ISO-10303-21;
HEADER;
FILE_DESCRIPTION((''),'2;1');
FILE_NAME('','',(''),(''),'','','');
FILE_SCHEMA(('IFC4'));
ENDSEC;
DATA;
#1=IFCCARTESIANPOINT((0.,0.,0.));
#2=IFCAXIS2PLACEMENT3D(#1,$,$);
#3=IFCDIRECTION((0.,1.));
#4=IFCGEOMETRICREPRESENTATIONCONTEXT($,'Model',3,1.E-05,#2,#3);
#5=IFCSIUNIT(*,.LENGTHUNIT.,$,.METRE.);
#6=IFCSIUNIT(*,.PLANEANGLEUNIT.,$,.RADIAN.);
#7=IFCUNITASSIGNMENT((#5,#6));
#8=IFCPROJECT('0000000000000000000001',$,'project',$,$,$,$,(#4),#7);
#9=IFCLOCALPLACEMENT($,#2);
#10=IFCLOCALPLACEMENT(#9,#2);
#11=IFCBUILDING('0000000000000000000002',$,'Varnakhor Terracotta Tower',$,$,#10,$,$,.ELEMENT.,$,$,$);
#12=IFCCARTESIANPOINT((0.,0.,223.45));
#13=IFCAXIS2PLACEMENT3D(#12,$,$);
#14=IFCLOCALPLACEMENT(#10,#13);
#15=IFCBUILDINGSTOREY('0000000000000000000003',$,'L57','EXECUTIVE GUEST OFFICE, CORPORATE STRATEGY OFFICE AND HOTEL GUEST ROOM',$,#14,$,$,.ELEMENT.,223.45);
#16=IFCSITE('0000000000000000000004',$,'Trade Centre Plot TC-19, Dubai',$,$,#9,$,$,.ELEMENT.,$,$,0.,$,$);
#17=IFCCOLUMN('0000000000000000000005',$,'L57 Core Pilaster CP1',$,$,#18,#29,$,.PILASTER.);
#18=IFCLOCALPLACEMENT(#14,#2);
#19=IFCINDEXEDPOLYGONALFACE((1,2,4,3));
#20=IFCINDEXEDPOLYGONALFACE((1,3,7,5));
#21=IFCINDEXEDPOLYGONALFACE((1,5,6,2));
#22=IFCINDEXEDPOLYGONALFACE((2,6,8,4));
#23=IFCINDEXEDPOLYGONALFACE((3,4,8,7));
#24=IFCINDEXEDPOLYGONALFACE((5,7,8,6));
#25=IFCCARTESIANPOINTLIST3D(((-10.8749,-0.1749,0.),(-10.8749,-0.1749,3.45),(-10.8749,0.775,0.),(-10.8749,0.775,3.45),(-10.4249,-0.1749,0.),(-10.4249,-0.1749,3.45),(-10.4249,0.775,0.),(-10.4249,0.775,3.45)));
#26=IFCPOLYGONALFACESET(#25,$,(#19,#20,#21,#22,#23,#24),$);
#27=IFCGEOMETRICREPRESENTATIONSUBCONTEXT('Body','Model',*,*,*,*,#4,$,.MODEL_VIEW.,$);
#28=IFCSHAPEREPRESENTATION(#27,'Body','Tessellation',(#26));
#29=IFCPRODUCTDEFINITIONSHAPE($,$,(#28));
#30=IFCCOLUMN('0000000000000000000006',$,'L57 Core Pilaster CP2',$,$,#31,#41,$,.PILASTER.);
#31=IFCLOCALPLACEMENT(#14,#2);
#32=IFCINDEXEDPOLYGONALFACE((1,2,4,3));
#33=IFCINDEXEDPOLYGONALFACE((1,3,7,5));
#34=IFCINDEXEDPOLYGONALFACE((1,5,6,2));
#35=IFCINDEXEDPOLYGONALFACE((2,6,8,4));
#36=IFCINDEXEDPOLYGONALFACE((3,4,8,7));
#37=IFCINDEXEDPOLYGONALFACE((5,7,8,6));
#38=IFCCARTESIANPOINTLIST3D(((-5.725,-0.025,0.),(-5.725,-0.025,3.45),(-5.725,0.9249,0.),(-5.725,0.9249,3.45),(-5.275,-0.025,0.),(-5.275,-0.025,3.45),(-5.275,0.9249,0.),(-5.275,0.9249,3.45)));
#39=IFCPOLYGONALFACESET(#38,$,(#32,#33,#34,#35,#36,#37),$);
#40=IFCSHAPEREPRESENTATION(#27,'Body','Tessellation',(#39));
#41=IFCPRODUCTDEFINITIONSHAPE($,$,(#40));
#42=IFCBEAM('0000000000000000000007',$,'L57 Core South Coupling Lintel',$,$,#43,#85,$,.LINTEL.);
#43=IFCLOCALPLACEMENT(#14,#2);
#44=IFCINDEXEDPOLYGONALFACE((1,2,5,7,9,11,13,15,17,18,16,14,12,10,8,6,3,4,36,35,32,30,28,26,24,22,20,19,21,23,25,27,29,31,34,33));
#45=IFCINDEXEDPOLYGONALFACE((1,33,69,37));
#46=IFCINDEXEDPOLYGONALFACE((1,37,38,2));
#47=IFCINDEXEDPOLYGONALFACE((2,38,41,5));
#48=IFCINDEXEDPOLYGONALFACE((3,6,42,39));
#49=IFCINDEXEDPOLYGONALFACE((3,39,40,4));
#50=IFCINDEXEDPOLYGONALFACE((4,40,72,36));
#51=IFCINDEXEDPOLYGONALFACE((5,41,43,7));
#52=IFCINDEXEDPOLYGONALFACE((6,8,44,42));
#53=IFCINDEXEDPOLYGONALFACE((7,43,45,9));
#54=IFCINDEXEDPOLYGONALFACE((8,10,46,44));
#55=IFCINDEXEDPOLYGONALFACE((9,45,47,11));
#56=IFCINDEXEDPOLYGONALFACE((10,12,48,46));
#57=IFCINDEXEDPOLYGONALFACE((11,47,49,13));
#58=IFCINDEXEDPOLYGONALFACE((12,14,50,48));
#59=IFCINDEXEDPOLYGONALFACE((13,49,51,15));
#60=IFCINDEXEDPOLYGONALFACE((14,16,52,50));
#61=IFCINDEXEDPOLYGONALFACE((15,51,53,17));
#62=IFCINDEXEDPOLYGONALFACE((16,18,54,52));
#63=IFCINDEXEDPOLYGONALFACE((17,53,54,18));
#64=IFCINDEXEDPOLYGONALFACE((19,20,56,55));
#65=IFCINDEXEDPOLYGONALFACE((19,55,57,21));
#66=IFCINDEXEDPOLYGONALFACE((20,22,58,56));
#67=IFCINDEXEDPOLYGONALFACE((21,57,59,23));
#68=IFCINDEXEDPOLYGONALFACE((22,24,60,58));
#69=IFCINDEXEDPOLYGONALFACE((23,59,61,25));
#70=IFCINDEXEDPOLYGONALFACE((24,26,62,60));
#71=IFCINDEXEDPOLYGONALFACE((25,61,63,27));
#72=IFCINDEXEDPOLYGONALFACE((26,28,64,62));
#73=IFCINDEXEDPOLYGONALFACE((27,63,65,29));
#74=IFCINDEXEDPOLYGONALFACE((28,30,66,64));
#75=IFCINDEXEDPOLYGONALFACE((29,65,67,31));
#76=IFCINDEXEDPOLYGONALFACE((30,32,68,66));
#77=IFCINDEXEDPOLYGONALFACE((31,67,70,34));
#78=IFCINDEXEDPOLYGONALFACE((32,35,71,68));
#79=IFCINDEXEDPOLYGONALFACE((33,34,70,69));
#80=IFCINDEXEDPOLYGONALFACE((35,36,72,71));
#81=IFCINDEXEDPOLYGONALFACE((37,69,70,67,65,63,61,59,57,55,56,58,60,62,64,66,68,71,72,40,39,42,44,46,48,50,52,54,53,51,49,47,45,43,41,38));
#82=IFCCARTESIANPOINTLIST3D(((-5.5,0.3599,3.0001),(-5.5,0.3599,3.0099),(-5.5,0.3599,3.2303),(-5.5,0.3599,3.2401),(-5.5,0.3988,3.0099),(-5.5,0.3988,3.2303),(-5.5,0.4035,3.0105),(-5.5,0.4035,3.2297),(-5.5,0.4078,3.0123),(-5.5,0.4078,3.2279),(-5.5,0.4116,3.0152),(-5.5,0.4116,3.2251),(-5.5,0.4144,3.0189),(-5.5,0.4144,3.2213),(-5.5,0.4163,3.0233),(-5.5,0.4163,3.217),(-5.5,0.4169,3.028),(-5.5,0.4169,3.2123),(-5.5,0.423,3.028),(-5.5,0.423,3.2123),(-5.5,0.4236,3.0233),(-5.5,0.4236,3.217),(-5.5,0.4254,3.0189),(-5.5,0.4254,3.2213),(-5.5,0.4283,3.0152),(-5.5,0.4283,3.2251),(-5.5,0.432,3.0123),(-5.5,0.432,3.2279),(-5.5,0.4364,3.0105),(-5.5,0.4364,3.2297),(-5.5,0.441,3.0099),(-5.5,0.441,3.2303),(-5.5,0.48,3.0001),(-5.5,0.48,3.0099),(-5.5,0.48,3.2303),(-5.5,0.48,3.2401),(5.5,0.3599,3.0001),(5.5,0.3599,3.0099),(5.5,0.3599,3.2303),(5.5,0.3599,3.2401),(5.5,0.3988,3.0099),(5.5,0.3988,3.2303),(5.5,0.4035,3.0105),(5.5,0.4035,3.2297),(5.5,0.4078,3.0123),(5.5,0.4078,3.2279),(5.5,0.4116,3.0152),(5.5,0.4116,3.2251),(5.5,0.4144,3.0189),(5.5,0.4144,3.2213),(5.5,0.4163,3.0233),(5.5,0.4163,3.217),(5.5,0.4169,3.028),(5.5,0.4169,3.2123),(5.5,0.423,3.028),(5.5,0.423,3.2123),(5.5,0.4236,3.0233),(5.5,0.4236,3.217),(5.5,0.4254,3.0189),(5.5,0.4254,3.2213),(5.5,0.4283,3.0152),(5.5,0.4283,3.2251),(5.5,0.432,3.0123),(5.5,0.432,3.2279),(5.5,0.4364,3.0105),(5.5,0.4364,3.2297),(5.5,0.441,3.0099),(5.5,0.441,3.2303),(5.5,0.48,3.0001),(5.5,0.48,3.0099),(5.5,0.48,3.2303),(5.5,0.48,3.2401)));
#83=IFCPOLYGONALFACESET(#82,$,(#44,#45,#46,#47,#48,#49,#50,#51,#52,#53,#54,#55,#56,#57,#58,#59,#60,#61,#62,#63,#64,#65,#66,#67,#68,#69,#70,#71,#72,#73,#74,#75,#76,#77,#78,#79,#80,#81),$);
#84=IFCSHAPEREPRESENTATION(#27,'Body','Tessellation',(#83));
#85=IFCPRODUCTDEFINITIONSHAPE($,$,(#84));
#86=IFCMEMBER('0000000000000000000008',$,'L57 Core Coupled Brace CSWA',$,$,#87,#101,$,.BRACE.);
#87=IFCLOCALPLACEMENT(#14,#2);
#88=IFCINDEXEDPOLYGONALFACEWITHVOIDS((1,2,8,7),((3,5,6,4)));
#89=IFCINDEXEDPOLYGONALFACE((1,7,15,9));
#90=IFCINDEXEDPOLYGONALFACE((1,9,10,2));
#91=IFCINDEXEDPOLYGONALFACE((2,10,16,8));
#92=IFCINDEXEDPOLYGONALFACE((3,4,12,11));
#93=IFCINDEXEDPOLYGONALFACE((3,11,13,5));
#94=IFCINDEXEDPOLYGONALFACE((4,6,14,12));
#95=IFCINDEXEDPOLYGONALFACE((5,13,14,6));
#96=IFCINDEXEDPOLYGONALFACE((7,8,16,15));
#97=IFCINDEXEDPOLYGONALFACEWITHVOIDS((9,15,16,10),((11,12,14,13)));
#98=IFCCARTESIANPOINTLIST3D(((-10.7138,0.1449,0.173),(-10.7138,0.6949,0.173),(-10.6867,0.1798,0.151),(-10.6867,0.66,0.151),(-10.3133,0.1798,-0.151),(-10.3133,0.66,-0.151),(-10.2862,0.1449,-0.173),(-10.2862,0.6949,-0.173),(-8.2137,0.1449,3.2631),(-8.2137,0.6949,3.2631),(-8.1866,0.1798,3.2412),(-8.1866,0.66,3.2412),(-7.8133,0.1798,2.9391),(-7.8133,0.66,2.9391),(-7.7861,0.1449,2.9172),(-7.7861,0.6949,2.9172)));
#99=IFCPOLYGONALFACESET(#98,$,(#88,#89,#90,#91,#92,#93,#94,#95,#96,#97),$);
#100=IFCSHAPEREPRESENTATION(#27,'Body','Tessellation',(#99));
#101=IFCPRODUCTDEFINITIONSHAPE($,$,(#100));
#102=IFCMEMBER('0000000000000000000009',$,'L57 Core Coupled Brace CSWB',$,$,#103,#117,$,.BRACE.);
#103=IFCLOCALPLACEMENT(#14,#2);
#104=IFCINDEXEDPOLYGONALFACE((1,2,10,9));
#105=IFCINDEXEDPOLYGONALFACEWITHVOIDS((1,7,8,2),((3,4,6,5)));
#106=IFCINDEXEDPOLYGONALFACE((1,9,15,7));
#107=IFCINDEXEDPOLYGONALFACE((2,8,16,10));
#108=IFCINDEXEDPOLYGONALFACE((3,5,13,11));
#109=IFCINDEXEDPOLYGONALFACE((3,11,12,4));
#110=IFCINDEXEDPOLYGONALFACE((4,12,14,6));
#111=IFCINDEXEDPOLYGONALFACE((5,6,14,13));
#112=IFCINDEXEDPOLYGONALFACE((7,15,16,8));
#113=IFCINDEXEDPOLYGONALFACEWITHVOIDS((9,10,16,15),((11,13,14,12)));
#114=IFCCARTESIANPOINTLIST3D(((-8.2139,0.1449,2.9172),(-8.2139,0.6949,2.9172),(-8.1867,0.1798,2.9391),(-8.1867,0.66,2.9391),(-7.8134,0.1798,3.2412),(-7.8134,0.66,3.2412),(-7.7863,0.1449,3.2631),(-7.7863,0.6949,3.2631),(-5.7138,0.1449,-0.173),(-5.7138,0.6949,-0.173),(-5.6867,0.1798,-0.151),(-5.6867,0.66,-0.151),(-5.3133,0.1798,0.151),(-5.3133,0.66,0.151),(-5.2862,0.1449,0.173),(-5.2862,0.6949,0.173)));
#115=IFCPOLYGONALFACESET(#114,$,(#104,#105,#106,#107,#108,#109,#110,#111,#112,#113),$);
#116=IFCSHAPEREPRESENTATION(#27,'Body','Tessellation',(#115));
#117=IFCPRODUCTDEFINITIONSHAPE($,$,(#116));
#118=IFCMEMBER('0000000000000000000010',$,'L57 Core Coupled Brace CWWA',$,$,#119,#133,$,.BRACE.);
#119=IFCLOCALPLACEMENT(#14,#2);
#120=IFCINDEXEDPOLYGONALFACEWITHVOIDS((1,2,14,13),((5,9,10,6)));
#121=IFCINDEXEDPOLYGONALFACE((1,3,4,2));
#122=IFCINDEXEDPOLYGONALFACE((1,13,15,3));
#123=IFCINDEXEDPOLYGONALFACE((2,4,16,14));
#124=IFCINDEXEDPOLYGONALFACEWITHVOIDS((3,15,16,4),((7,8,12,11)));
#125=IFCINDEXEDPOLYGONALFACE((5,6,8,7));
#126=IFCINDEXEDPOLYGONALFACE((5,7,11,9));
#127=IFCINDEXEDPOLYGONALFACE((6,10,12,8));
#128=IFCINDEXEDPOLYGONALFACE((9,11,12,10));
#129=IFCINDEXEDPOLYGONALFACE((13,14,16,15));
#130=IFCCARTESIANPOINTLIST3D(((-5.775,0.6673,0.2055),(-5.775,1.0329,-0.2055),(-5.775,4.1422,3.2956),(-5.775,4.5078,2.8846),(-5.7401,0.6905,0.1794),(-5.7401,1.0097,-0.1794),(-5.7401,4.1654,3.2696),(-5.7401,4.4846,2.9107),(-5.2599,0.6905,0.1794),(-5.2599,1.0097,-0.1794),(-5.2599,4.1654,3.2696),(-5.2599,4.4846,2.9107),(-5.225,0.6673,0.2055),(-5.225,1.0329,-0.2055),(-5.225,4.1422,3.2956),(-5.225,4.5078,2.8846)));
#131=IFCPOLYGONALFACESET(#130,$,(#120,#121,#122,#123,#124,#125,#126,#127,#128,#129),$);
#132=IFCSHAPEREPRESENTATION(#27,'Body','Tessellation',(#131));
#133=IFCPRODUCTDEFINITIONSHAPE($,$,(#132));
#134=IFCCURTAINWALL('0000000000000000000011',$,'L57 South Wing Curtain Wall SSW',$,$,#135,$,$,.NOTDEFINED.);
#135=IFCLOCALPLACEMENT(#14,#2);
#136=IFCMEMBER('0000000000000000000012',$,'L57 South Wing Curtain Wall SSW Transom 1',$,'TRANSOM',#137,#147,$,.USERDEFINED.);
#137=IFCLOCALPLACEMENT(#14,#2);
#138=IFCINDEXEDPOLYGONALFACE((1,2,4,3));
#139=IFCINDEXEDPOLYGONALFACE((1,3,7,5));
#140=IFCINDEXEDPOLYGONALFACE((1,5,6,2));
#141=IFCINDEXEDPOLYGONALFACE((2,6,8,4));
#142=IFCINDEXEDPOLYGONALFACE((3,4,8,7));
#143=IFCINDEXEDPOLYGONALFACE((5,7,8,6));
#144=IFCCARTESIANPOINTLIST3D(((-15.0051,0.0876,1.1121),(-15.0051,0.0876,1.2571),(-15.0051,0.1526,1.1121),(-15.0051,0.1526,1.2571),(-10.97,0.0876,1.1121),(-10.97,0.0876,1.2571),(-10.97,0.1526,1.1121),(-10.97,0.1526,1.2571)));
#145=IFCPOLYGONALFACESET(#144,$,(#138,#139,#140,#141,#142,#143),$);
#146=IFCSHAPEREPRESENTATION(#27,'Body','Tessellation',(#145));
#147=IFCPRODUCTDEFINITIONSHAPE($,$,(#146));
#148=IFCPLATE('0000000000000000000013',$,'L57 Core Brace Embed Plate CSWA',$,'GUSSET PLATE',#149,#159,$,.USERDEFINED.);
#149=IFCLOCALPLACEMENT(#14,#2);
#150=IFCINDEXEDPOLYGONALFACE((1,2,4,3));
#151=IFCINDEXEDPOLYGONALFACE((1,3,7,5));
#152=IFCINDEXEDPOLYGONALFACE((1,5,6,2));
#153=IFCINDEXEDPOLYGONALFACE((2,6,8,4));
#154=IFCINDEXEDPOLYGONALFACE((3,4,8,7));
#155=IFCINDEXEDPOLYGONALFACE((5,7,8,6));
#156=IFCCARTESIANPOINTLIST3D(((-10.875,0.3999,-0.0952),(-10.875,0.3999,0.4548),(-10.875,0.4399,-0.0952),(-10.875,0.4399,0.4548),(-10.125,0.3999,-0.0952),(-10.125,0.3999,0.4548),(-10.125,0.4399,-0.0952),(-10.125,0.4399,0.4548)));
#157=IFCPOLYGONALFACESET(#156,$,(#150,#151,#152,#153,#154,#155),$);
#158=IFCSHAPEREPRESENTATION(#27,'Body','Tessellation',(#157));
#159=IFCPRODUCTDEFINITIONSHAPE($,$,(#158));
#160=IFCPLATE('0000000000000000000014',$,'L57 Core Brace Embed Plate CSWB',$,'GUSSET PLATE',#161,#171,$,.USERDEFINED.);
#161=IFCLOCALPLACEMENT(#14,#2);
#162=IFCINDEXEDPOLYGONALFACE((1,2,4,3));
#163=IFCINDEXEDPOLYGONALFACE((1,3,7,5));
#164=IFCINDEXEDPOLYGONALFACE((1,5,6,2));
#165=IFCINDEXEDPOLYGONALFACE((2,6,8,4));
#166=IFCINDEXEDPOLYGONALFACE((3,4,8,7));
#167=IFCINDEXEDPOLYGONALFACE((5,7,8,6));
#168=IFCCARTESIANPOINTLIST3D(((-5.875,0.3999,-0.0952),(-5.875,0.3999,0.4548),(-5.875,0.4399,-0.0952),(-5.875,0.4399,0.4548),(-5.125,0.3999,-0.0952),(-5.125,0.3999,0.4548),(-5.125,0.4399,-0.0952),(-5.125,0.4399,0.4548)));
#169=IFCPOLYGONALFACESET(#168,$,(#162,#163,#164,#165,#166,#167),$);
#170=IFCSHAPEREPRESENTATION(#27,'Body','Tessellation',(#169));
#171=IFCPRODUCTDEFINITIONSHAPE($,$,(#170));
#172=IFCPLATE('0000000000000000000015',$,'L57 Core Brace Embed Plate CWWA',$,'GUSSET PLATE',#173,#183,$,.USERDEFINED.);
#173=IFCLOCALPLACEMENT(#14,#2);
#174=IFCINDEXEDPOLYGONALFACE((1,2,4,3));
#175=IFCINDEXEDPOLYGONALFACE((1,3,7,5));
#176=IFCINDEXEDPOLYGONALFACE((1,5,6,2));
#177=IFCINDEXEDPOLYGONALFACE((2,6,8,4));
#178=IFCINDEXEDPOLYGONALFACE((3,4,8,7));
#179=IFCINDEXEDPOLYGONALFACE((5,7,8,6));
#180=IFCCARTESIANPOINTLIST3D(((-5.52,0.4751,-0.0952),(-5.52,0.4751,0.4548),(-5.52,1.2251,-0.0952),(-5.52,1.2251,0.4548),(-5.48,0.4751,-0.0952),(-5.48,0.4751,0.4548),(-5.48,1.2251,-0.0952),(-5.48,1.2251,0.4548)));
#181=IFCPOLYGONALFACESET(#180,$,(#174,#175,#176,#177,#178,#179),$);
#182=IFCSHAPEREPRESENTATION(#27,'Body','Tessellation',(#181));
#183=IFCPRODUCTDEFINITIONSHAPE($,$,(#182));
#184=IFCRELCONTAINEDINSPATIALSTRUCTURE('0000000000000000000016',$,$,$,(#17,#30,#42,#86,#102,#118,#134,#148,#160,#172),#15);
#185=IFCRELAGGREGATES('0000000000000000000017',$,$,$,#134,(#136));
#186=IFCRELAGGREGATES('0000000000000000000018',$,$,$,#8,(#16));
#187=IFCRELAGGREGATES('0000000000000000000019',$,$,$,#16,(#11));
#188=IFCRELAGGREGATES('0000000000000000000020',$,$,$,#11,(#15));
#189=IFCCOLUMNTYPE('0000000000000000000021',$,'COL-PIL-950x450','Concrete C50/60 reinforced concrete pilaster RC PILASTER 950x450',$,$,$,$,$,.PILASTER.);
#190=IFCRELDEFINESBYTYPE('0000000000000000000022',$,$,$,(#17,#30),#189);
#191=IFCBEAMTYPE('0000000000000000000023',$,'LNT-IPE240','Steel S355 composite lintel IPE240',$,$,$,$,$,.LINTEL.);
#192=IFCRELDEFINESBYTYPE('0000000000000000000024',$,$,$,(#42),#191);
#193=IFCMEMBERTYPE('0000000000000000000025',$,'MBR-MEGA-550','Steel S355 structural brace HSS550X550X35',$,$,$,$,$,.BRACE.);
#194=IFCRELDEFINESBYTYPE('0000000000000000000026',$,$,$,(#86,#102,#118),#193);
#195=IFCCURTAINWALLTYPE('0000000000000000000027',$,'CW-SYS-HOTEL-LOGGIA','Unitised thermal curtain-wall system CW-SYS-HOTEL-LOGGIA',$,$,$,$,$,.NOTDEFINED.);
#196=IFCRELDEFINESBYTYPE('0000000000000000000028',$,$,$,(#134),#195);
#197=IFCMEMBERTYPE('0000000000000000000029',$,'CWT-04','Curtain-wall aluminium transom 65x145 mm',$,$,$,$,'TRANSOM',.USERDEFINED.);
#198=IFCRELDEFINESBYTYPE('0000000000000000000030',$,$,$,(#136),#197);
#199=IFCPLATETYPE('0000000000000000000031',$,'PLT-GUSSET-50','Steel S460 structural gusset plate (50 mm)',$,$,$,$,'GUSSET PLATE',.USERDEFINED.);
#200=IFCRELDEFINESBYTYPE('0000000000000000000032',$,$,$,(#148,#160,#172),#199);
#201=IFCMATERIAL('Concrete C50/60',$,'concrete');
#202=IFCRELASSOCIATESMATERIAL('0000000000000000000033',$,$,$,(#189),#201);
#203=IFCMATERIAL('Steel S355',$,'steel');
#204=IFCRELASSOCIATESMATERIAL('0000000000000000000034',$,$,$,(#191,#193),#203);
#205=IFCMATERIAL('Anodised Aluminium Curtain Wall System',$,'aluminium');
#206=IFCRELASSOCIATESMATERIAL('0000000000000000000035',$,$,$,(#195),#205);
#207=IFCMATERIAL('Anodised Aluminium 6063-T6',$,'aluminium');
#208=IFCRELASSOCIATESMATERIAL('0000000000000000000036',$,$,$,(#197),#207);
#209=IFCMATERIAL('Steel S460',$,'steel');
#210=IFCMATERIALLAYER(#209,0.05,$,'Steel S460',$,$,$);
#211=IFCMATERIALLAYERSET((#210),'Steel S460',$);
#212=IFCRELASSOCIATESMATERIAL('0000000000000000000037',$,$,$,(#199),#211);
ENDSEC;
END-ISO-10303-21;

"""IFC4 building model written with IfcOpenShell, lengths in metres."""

from ifc_helpers import new_model, si_unit, direction, frame, origin, origin_2d, place, context, subcontext, project, spatial, rectangle, hollow_rectangle, i_section, extrude, source, transform, mapped, material, layer, layer_set, material_profile, profile_set, type_object, type_shapes, element, aggregate, save


model = new_model("IFC4")

# Units and contexts
model_context = context("Model", 3, precision=1e-05, world=origin(), true_north=direction((0.0, 1.0)))
body_context = subcontext(model_context, "Body", "Model", "MODEL_VIEW")
ifc_project = project(units=[si_unit("LENGTHUNIT", "METRE"), si_unit("PLANEANGLEUNIT", "RADIAN")], contexts=[model_context])

# Site, building, storey
site_placement = place(None, origin())
site = spatial("IfcSite", under=ifc_project, at=site_placement, Name="Trade Centre Plot TC-19, Dubai", CompositionType="ELEMENT", RefElevation=0.0)
building_placement = place(site_placement, origin())
building = spatial("IfcBuilding", under=site, at=building_placement, Name="Varnakhor Terracotta Tower", CompositionType="ELEMENT")
storey_placement = place(building_placement, frame((0.0, 0.0, 223.45)))
storey = spatial("IfcBuildingStorey", under=building, at=storey_placement, Name="L57", Description="EXECUTIVE GUEST OFFICE, CORPORATE STRATEGY OFFICE AND HOTEL GUEST ROOM", CompositionType="ELEMENT", Elevation=223.45)

# Columns
ifc_material_1 = material(Name="Concrete C50/60", Category="concrete")
ifc_material_profile_1 = material_profile(ifc_material_1, rectangle(XDim=0.45, YDim=0.95, at=origin_2d()), Name="RC PILASTER 950x450")
ifc_profile_set_1 = profile_set([ifc_material_profile_1], Name="Concrete C50/60")
column_type = type_object("IfcColumnType", Name="COL-PIL-950x450", Description="Concrete C50/60 reinforced concrete pilaster RC PILASTER 950x450", PredefinedType="PILASTER", material=ifc_profile_set_1)
shared_shape_1 = source(origin(), body_context, "Body", "SweptSolid", [
    extrude(rectangle(XDim=0.45, YDim=0.95, at=origin_2d()), origin(), (0.0, 0.0, 1.0), 3.45),
])
for number, where, z_axis, x_axis, name in (
    (1, (-10.6499, 0.3, 0.0), (0.0, 0.0, 1.0), (1.0, 0.0, 0.0), "L57 Core Pilaster CP1"),
    (2, (-5.5, 0.45, 0.0), (0.0, 0.0, 1.0), (1.0, 0.0, 0.0), "L57 Core Pilaster CP2"),
):
    element("IfcColumn", number, at=place(storey_placement, frame(where, z_axis=z_axis, x_axis=x_axis)), inside=storey, type_object=column_type, Name=name, PredefinedType="PILASTER", context=body_context, shape_type="MappedRepresentation", body=[
        mapped(shared_shape_1, transform((0.0, 0.0, 0.0), scale=1.0)),
    ])

# Beam
ifc_material_2 = material(Name="Steel S355", Category="steel")
ifc_material_profile_2 = material_profile(ifc_material_2, i_section(OverallWidth=0.1201, OverallDepth=0.24, WebThickness=0.0061, FlangeThickness=0.0098, FilletRadius=0.0181, at=origin_2d()), Name="IPE240")
ifc_profile_set_2 = profile_set([ifc_material_profile_2], Name="Steel S355")
beam_type = type_object("IfcBeamType", Name="LNT-IPE240", Description="Steel S355 composite lintel IPE240", PredefinedType="LINTEL", material=ifc_profile_set_2)
shared_shape_2 = source(origin(), body_context, "Body", "SweptSolid", [
    extrude(i_section(OverallWidth=0.1201, OverallDepth=0.24, WebThickness=0.0061, FlangeThickness=0.0098, FilletRadius=0.0181, at=origin_2d()), origin(), (0.0, 0.0, 1.0), 11.0),
])
type_shapes(beam_type, [shared_shape_2])
beam_placement = place(storey_placement, frame((-5.5, 0.4199, 3.1201), z_axis=(1.0, 0.0, 0.0), x_axis=(0.0, 1.0, 0.0)))
element("IfcBeam", 3, at=beam_placement, inside=storey, type_object=beam_type, Name="L57 Core South Coupling Lintel", PredefinedType="LINTEL", context=body_context, shape_type="MappedRepresentation", body=[
    mapped(shared_shape_2, transform((0.0, 0.0, 0.0), scale=1.0)),
])

# Members
ifc_material_profile_3 = material_profile(ifc_material_2, hollow_rectangle(XDim=0.55, YDim=0.55, WallThickness=0.0349, at=origin_2d()), Name="HSS550X550X35")
ifc_profile_set_3 = profile_set([ifc_material_profile_3], Name="Steel S355")
member_type_1 = type_object("IfcMemberType", Name="MBR-MEGA-550", Description="Steel S355 structural brace HSS550X550X35", PredefinedType="BRACE", material=ifc_profile_set_3)
shared_shape_3 = source(origin(), body_context, "Body", "SweptSolid", [
    extrude(hollow_rectangle(XDim=0.55, YDim=0.55, WallThickness=0.0349, at=origin_2d()), origin(), (0.0, 0.0, 1.0), 3.9749),
])
for number, where, z_axis, x_axis, name in (
    (4, (-10.5, 0.4199, 0.0), (0.62897, 0.0, 0.777429), (0.0, 1.0, 0.0), "L57 Core Coupled Brace CSWA"),
    (5, (-5.5, 0.4199, 0.0), (-0.62897, 0.0, 0.777429), (0.0, -1.0, 0.0), "L57 Core Coupled Brace CSWB"),
):
    element("IfcMember", number, at=place(storey_placement, frame(where, z_axis=z_axis, x_axis=x_axis)), inside=storey, type_object=member_type_1, Name=name, PredefinedType="BRACE", context=body_context, shape_type="MappedRepresentation", body=[
        mapped(shared_shape_3, transform((0.0, 0.0, 0.0), scale=1.0)),
    ])
shared_shape_4 = source(origin(), body_context, "Body", "SweptSolid", [
    extrude(hollow_rectangle(XDim=0.55, YDim=0.55, WallThickness=0.0349, at=origin_2d()), origin(), (0.0, 0.0, 1.0), 4.6501),
])
member_1_placement = place(storey_placement, frame((-5.5, 0.8501, 0.0), z_axis=(0.0, 0.747267, 0.664524), x_axis=(-1.0, 0.0, 0.0)))
element("IfcMember", 6, at=member_1_placement, inside=storey, type_object=member_type_1, Name="L57 Core Coupled Brace CWWA", PredefinedType="BRACE", context=body_context, shape_type="MappedRepresentation", body=[
    mapped(shared_shape_4, transform((0.0, 0.0, 0.0), scale=1.0)),
])

# Curtain wall, member
ifc_material_3 = material(Name="Anodised Aluminium Curtain Wall System", Category="aluminium")
curtain_wall_type = type_object("IfcCurtainWallType", Name="CW-SYS-HOTEL-LOGGIA", Description="Unitised thermal curtain-wall system CW-SYS-HOTEL-LOGGIA", PredefinedType="NOTDEFINED", material=ifc_material_3)
curtain_wall_placement = place(storey_placement, origin())
curtain_wall = element("IfcCurtainWall", 7, at=curtain_wall_placement, inside=storey, type_object=curtain_wall_type, Name="L57 South Wing Curtain Wall SSW", PredefinedType="NOTDEFINED")
ifc_material_4 = material(Name="Anodised Aluminium 6063-T6", Category="aluminium")
ifc_material_profile_4 = material_profile(ifc_material_4, rectangle(XDim=0.0649, YDim=0.145, at=origin_2d()), Name="ALU TRANSOM 65x145")
ifc_profile_set_4 = profile_set([ifc_material_profile_4], Name="Anodised Aluminium 6063-T6")
member_type_2 = type_object("IfcMemberType", Name="CWT-04", Description="Curtain-wall aluminium transom 65x145 mm", ElementType="TRANSOM", PredefinedType="USERDEFINED", material=ifc_profile_set_4)
shared_shape_5 = source(origin(), body_context, "Body", "SweptSolid", [
    extrude(rectangle(XDim=0.0649, YDim=0.145, at=origin_2d()), origin(), (0.0, 0.0, 1.0), 4.0352),
])
member_2_placement = place(storey_placement, frame((-10.97, 0.1201, 1.1846), z_axis=(-1.0, 0.0, 0.0), x_axis=(0.0, -1.0, 0.0)))
member_2 = element("IfcMember", 8, at=member_2_placement, type_object=member_type_2, Name="L57 South Wing Curtain Wall SSW Transom 1", ObjectType="TRANSOM", PredefinedType="USERDEFINED", context=body_context, shape_type="MappedRepresentation", body=[
    mapped(shared_shape_5, transform((0.0, 0.0, 0.0), scale=1.0)),
])
aggregate(curtain_wall, [member_2])

# Plates
ifc_material_5 = material(Name="Steel S460", Category="steel")
ifc_layer_1 = layer(ifc_material_5, 0.05, Name="Steel S460")
ifc_layer_set_1 = layer_set([ifc_layer_1], Name="Steel S460")
plate_type = type_object("IfcPlateType", Name="PLT-GUSSET-50", Description="Steel S460 structural gusset plate (50 mm)", ElementType="GUSSET PLATE", PredefinedType="USERDEFINED", material=ifc_layer_set_1)
shared_shape_6 = source(origin(), body_context, "Body", "SweptSolid", [
    extrude(rectangle(XDim=0.75, YDim=0.04, at=origin_2d()), origin(), (0.0, 0.0, 1.0), 0.55),
])
type_shapes(plate_type, [shared_shape_6])
for number, where, z_axis, x_axis, name in (
    (9, (-10.5, 0.4199, -0.0952), (0.0, 0.0, 1.0), (1.0, 0.0, 0.0), "L57 Core Brace Embed Plate CSWA"),
    (10, (-5.5, 0.4199, -0.0952), (0.0, 0.0, 1.0), (1.0, 0.0, 0.0), "L57 Core Brace Embed Plate CSWB"),
    (11, (-5.5, 0.8501, -0.0952), (0.0, 0.0, 1.0), (0.0, 1.0, 0.0), "L57 Core Brace Embed Plate CWWA"),
):
    element("IfcPlate", number, at=place(storey_placement, frame(where, z_axis=z_axis, x_axis=x_axis)), inside=storey, type_object=plate_type, Name=name, ObjectType="GUSSET PLATE", PredefinedType="USERDEFINED", context=body_context, shape_type="MappedRepresentation", body=[
        mapped(shared_shape_6, transform((0.0, 0.0, 0.0), scale=1.0)),
    ])

save(model, "model.ifc")
